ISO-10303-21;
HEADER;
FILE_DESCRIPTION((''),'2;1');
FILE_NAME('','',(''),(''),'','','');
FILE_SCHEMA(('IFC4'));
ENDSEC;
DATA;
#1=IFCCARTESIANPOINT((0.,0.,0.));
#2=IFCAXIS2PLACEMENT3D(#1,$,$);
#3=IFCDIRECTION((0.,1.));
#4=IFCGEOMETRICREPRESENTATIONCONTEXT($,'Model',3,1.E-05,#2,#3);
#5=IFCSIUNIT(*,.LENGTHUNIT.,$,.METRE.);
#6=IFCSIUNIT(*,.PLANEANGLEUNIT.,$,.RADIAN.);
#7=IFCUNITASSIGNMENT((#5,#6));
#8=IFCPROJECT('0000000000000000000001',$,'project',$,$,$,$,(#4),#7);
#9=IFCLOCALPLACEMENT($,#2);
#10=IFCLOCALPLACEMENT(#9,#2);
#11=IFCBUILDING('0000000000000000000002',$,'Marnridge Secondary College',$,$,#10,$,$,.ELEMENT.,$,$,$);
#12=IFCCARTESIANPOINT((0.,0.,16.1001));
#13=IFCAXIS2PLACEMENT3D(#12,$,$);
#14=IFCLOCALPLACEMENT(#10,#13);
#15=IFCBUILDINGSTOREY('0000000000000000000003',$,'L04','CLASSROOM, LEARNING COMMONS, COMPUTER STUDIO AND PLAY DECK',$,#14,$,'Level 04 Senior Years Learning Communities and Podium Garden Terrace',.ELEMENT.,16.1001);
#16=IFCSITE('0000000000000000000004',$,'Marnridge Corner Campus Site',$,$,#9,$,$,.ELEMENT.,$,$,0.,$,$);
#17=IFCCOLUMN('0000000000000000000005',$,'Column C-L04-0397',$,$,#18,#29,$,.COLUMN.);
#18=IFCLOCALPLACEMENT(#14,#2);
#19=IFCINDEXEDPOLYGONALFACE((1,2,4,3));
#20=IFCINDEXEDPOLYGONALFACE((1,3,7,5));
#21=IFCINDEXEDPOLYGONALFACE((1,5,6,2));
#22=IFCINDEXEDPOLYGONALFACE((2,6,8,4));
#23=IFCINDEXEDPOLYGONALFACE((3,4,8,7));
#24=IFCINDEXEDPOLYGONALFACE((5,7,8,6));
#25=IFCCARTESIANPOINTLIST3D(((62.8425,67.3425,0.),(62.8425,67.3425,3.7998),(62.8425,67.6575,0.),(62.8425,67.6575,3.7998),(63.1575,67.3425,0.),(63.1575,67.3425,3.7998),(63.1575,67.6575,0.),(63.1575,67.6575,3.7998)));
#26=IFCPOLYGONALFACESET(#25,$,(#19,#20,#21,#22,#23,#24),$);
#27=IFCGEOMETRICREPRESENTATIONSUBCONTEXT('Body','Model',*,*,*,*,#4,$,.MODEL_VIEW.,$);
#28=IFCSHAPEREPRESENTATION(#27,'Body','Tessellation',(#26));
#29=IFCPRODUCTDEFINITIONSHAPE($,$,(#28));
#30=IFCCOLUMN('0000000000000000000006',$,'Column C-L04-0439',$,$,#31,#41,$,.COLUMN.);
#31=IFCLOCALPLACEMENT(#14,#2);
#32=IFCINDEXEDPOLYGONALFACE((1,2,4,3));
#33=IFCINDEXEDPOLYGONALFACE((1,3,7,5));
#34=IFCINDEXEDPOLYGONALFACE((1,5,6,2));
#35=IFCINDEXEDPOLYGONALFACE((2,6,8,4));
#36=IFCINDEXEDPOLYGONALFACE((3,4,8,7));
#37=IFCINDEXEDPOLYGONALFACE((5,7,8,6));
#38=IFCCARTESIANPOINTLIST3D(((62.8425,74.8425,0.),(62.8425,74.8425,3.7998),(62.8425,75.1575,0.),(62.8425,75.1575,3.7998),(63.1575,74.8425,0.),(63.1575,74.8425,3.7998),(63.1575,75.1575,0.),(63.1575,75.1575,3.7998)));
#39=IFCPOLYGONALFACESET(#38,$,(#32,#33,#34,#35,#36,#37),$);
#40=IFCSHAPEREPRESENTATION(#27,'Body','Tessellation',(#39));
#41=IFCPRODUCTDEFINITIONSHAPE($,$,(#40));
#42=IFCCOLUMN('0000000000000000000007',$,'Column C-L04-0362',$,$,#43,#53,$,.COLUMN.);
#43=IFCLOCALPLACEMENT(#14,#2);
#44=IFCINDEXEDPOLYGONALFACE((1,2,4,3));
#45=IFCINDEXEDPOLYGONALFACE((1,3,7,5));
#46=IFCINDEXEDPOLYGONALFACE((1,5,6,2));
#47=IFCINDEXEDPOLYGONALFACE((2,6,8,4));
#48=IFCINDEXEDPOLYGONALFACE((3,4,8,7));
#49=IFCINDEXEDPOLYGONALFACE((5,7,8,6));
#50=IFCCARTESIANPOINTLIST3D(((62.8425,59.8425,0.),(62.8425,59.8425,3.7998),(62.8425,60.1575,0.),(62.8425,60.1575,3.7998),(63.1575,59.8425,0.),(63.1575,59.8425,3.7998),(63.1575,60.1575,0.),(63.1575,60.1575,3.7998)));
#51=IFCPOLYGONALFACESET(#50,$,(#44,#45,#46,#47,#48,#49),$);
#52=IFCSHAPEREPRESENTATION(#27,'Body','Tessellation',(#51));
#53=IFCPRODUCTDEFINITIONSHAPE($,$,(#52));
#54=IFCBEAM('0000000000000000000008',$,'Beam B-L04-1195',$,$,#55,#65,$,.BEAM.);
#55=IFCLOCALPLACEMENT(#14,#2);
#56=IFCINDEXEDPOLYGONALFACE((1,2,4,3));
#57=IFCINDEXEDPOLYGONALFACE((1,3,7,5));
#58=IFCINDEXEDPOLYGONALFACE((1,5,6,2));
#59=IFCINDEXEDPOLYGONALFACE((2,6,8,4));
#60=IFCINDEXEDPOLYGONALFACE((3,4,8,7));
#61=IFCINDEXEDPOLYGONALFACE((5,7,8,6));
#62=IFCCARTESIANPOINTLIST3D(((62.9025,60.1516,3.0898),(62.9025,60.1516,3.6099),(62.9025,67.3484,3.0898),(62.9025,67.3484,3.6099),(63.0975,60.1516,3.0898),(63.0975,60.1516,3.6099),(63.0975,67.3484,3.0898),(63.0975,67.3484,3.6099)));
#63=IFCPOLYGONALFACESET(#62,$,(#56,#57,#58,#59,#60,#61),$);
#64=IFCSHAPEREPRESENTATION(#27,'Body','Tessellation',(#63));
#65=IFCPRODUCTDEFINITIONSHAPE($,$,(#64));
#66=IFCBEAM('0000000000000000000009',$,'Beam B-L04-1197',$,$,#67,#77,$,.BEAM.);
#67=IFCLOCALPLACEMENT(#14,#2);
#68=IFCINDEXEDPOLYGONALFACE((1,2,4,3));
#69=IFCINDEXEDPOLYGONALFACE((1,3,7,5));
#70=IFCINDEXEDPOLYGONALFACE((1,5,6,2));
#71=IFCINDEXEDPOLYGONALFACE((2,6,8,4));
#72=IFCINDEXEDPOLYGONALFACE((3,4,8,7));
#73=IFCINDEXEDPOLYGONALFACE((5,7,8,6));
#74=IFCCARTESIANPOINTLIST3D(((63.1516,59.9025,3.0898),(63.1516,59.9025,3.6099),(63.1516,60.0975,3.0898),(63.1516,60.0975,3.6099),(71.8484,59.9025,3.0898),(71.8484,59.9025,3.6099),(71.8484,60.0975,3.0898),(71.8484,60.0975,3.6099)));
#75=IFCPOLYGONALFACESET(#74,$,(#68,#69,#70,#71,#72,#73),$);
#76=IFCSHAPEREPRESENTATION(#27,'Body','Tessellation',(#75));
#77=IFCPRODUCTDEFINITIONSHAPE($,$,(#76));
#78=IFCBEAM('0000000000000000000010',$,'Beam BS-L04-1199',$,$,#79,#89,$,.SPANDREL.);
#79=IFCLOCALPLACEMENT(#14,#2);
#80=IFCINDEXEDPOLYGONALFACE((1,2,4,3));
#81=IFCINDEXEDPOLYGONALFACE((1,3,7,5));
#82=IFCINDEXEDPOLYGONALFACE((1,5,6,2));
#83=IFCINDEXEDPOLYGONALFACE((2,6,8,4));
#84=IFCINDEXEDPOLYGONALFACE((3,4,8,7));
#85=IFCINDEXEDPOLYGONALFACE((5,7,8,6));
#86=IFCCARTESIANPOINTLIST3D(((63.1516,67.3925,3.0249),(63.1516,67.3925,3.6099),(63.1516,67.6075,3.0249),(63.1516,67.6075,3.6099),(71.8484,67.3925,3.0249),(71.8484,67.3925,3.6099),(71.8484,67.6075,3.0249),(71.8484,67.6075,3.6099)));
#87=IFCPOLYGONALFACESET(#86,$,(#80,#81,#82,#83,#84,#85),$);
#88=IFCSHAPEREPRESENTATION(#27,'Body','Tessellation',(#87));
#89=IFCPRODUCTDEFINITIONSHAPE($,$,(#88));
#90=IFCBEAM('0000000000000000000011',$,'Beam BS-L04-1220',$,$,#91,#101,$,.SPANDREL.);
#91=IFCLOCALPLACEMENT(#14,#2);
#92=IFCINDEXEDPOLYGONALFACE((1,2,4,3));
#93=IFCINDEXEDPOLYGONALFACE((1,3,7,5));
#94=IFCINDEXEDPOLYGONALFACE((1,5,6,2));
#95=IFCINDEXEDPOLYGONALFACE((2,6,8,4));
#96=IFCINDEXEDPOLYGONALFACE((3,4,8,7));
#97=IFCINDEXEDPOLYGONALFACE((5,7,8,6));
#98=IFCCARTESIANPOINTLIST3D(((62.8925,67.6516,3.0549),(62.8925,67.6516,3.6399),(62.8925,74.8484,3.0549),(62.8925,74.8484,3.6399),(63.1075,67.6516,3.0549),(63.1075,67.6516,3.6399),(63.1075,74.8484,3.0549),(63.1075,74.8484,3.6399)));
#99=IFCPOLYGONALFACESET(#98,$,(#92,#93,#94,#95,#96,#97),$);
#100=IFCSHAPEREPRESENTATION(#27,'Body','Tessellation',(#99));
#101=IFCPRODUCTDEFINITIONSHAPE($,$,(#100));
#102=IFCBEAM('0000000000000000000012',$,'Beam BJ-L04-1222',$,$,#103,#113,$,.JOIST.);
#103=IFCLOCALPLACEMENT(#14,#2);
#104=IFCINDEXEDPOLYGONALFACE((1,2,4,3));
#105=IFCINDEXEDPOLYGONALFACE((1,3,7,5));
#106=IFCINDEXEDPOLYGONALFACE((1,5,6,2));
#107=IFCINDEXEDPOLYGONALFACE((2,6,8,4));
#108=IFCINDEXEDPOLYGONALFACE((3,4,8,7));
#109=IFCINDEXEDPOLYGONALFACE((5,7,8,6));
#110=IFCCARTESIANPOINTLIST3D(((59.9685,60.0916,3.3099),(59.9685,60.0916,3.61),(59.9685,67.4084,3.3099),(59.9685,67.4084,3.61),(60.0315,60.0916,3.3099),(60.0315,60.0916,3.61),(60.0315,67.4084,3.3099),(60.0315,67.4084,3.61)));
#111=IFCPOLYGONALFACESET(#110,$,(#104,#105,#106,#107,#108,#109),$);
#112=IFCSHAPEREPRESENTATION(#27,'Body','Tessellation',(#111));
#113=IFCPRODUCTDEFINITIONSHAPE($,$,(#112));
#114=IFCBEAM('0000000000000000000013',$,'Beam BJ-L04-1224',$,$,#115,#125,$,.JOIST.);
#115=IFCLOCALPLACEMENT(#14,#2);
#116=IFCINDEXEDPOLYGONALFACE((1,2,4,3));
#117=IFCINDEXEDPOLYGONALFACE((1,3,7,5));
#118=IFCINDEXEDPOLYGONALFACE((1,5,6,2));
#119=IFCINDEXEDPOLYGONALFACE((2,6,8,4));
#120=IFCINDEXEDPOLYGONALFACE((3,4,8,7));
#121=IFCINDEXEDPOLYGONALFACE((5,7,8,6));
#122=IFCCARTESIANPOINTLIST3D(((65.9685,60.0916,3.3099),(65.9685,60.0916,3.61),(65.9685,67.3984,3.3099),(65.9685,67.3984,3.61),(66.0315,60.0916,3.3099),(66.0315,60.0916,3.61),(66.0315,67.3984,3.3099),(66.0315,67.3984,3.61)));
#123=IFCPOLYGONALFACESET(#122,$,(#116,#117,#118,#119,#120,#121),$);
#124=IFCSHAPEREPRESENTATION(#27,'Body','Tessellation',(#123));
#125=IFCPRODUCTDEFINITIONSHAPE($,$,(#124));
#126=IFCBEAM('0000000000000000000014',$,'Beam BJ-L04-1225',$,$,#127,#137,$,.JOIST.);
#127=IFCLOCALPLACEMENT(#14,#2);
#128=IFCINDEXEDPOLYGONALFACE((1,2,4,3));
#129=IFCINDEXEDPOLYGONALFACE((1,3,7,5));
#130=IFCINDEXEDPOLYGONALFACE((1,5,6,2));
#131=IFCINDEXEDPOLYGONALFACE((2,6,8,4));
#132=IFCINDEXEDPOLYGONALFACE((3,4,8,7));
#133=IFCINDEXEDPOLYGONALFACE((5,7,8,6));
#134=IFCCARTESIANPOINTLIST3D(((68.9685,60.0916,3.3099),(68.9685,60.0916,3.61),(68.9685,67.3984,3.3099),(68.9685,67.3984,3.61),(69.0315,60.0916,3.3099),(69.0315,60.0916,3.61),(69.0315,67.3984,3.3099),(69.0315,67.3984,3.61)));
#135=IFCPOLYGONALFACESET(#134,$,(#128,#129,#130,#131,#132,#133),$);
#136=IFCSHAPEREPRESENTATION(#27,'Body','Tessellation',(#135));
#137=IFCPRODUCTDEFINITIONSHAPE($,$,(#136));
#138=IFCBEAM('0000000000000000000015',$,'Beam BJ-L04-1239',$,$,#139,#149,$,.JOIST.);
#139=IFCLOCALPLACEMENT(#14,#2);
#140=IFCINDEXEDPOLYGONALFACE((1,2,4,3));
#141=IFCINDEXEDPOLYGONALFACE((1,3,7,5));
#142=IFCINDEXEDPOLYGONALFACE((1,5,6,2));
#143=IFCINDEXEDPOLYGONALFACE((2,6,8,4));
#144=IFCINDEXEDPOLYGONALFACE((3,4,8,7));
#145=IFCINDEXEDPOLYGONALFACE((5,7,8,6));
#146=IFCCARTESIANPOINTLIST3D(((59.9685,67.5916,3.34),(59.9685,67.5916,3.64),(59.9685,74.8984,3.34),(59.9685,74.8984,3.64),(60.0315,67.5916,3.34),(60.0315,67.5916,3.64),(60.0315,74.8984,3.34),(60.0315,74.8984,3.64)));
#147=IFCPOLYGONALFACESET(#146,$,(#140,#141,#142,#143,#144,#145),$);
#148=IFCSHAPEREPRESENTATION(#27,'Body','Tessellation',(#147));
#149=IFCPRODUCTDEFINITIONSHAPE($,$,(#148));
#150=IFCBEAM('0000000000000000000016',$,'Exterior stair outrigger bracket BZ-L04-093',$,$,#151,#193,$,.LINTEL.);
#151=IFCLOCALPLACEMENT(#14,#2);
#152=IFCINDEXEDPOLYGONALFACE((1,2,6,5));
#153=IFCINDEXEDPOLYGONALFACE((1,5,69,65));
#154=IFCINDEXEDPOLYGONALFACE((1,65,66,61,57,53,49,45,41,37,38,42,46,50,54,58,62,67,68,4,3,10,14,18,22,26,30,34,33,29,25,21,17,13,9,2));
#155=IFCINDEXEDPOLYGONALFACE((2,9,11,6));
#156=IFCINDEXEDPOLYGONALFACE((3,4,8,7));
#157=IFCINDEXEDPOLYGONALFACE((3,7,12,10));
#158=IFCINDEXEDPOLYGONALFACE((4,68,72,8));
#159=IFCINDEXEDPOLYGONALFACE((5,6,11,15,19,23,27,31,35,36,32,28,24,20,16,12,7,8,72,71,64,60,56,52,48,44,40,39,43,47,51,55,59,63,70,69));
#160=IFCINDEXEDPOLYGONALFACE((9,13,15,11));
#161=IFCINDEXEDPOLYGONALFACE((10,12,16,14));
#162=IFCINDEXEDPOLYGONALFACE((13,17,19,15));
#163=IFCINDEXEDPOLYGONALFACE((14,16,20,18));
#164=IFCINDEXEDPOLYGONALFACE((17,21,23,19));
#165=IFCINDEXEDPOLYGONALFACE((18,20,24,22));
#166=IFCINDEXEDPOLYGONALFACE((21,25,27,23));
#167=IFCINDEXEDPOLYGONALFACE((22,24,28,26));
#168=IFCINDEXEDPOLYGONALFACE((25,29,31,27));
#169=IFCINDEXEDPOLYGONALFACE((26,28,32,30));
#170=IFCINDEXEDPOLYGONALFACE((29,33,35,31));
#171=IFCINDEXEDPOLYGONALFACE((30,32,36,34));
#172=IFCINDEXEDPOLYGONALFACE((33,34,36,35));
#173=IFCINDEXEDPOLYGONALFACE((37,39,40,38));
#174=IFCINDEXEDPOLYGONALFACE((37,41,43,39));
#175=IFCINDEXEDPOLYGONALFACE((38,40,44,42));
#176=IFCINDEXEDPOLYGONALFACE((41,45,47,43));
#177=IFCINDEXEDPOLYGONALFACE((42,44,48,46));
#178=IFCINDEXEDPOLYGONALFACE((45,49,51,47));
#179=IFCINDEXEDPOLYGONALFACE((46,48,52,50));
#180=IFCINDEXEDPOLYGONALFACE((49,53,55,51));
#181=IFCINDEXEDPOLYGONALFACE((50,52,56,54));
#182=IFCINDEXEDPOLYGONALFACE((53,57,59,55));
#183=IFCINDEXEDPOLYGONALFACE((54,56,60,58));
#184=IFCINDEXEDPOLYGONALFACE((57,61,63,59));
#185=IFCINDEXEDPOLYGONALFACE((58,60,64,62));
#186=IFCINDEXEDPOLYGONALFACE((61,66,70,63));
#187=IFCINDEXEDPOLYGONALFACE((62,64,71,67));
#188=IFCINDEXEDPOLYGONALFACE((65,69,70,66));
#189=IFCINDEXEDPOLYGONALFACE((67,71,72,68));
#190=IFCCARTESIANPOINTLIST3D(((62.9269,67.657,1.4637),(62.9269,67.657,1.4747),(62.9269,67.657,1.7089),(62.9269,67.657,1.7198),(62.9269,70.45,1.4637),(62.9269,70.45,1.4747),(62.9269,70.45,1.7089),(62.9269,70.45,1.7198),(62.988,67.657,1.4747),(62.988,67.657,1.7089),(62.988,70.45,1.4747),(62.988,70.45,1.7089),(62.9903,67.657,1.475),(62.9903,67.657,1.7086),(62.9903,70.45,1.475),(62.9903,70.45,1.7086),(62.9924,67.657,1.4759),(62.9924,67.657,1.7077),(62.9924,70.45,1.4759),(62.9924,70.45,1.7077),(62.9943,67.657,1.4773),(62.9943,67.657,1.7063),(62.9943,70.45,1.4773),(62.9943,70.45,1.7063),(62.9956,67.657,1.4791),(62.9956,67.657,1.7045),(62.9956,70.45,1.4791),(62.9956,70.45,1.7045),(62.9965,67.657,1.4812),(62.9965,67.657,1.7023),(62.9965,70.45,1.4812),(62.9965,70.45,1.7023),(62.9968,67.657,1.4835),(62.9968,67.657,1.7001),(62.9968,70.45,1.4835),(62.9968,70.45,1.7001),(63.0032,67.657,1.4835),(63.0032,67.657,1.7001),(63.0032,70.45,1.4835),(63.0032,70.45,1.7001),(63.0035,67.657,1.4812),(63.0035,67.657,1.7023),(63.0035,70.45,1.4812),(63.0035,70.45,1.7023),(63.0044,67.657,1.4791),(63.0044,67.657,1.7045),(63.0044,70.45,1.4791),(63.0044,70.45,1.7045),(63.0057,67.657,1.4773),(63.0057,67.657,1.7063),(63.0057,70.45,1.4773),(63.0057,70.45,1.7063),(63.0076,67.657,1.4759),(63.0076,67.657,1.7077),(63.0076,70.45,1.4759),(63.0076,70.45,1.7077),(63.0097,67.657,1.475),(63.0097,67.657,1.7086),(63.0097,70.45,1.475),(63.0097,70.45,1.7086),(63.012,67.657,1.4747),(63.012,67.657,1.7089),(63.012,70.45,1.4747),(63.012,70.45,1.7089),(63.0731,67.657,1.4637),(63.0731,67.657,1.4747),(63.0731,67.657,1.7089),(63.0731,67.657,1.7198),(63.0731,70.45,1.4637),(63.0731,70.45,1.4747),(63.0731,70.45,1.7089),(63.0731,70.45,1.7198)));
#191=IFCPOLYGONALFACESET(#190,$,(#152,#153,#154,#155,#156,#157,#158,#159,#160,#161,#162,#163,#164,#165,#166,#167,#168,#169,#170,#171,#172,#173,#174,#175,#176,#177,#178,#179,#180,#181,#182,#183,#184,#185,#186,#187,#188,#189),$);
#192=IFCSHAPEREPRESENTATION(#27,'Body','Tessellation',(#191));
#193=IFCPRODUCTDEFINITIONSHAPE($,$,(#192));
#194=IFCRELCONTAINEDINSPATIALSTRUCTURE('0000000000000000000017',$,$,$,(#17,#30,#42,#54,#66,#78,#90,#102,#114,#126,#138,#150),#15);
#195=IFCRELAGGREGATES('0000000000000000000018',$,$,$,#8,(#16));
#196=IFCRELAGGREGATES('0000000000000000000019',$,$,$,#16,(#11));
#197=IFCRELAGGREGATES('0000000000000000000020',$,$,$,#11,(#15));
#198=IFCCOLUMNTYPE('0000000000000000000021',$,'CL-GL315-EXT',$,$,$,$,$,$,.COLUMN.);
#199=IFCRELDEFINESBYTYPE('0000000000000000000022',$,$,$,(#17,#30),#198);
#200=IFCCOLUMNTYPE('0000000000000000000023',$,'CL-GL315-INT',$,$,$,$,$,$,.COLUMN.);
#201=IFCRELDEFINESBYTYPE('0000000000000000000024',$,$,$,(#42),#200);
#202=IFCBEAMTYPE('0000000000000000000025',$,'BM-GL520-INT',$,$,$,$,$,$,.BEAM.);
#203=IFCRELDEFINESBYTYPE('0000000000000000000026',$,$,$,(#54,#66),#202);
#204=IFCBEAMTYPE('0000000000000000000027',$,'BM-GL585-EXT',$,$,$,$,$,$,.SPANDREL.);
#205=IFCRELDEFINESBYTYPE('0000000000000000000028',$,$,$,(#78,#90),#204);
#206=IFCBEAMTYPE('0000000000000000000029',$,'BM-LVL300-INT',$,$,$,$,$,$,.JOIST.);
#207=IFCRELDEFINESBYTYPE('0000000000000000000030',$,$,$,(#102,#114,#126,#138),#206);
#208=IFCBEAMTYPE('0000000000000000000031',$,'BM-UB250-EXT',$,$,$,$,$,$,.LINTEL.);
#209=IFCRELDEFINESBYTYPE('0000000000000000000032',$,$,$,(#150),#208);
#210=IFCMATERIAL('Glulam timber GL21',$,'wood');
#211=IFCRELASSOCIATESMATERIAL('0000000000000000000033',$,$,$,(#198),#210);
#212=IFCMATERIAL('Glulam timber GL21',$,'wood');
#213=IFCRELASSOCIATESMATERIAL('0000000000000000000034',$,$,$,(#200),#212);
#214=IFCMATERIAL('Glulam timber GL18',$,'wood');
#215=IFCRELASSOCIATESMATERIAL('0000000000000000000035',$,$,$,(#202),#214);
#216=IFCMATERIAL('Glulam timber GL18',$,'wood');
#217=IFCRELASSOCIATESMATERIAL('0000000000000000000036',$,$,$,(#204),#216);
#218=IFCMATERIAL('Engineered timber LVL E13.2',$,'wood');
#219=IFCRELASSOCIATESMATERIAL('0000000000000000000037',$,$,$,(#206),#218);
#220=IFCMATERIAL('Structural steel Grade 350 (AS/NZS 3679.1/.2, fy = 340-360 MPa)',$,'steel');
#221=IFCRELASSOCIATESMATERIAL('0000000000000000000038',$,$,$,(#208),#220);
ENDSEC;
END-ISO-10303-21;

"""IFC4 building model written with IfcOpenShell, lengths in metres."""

from ifc_helpers import new_model, si_unit, direction, frame, origin, origin_2d, place, context, subcontext, project, spatial, rectangle, i_section, extrude, material, material_profile, profile_set, type_object, element, save


model = new_model("IFC4")

# Units and contexts
model_context = context("Model", 3, precision=1e-05, world=origin(), true_north=direction((0.0, 1.0)))
body_context = subcontext(model_context, "Body", "Model", "MODEL_VIEW")
ifc_project = project(units=[si_unit("LENGTHUNIT", "METRE"), si_unit("PLANEANGLEUNIT", "RADIAN")], contexts=[model_context])

# Site, building, storey
site_placement = place(None, origin())
site = spatial("IfcSite", under=ifc_project, at=site_placement, Name="Marnridge Corner Campus Site", CompositionType="ELEMENT", RefElevation=0.0)
building_placement = place(site_placement, origin())
building = spatial("IfcBuilding", under=site, at=building_placement, Name="Marnridge Secondary College", CompositionType="ELEMENT")
storey_placement = place(building_placement, frame((0.0, 0.0, 16.1001)))
storey = spatial("IfcBuildingStorey", under=building, at=storey_placement, Name="L04", Description="CLASSROOM, LEARNING COMMONS, COMPUTER STUDIO AND PLAY DECK", LongName="Level 04 Senior Years Learning Communities and Podium Garden Terrace", CompositionType="ELEMENT", Elevation=16.1001)

# Columns
ifc_material_1 = material(Name="Glulam timber GL21", Category="wood")
ifc_material_profile_1 = material_profile(ifc_material_1, rectangle(XDim=0.3149, YDim=0.3149, at=origin_2d()), Name="GL21 315x315")
ifc_profile_set_1 = profile_set([ifc_material_profile_1], Name="Glulam timber GL21")
column_type_1 = type_object("IfcColumnType", Name="CL-GL315-EXT", PredefinedType="COLUMN", material=ifc_profile_set_1)
for number, where, z_axis, x_axis, name in (
    (1, (63.0, 67.5, 0.0), (0.0, 0.0, 1.0), (1.0, 0.0, 0.0), "Column C-L04-0397"),
    (2, (63.0, 75.0, 0.0), (0.0, 0.0, 1.0), (1.0, 0.0, 0.0), "Column C-L04-0439"),
):
    element("IfcColumn", number, at=place(storey_placement, frame(where, z_axis=z_axis, x_axis=x_axis)), inside=storey, type_object=column_type_1, Name=name, PredefinedType="COLUMN", context=body_context, shape_type="SweptSolid", body=[
        extrude(rectangle(XDim=0.3149, YDim=0.3149, at=origin_2d()), origin(), (0.0, 0.0, 1.0), 3.7998),
    ])
ifc_material_2 = material(Name="Glulam timber GL21", Category="wood")
ifc_material_profile_2 = material_profile(ifc_material_2, rectangle(XDim=0.3149, YDim=0.3149, at=origin_2d()), Name="GL21 315x315")
ifc_profile_set_2 = profile_set([ifc_material_profile_2], Name="Glulam timber GL21")
column_type_2 = type_object("IfcColumnType", Name="CL-GL315-INT", PredefinedType="COLUMN", material=ifc_profile_set_2)
column_placement = place(storey_placement, frame((63.0, 60.0, 0.0), z_axis=(0.0, 0.0, 1.0), x_axis=(1.0, 0.0, 0.0)))
element("IfcColumn", 3, at=column_placement, inside=storey, type_object=column_type_2, Name="Column C-L04-0362", PredefinedType="COLUMN", context=body_context, shape_type="SweptSolid", body=[
    extrude(rectangle(XDim=0.3149, YDim=0.3149, at=origin_2d()), origin(), (0.0, 0.0, 1.0), 3.7998),
])

# Beams
ifc_material_3 = material(Name="Glulam timber GL18", Category="wood")
ifc_material_profile_3 = material_profile(ifc_material_3, rectangle(XDim=0.1951, YDim=0.52, at=origin_2d()), Name="GL18 195x520")
ifc_profile_set_3 = profile_set([ifc_material_profile_3], Name="Glulam timber GL18")
beam_type_1 = type_object("IfcBeamType", Name="BM-GL520-INT", PredefinedType="BEAM", material=ifc_profile_set_3)
beam_1_placement = place(storey_placement, frame((63.0, 60.1516, 3.3499), z_axis=(0.0, 1.0, 0.0), x_axis=(-1.0, 0.0, 0.0)))
element("IfcBeam", 4, at=beam_1_placement, inside=storey, type_object=beam_type_1, Name="Beam B-L04-1195", PredefinedType="BEAM", context=body_context, shape_type="SweptSolid", body=[
    extrude(rectangle(XDim=0.1951, YDim=0.52, at=origin_2d()), origin(), (0.0, 0.0, 1.0), 7.1968),
])
beam_2_placement = place(storey_placement, frame((63.1516, 60.0, 3.3499), z_axis=(1.0, 0.0, 0.0), x_axis=(0.0, 1.0, 0.0)))
element("IfcBeam", 5, at=beam_2_placement, inside=storey, type_object=beam_type_1, Name="Beam B-L04-1197", PredefinedType="BEAM", context=body_context, shape_type="SweptSolid", body=[
    extrude(rectangle(XDim=0.1951, YDim=0.52, at=origin_2d()), origin(), (0.0, 0.0, 1.0), 8.6968),
])
ifc_material_4 = material(Name="Glulam timber GL18", Category="wood")
ifc_material_profile_4 = material_profile(ifc_material_4, rectangle(XDim=0.2151, YDim=0.585, at=origin_2d()), Name="GL18 215x585")
ifc_profile_set_4 = profile_set([ifc_material_profile_4], Name="Glulam timber GL18")
beam_type_2 = type_object("IfcBeamType", Name="BM-GL585-EXT", PredefinedType="SPANDREL", material=ifc_profile_set_4)
beam_3_placement = place(storey_placement, frame((63.1516, 67.5, 3.3174), z_axis=(1.0, 0.0, 0.0), x_axis=(0.0, 1.0, 0.0)))
element("IfcBeam", 6, at=beam_3_placement, inside=storey, type_object=beam_type_2, Name="Beam BS-L04-1199", PredefinedType="SPANDREL", context=body_context, shape_type="SweptSolid", body=[
    extrude(rectangle(XDim=0.2151, YDim=0.585, at=origin_2d()), origin(), (0.0, 0.0, 1.0), 8.6968),
])
beam_4_placement = place(storey_placement, frame((63.0, 67.6516, 3.3474), z_axis=(0.0, 1.0, 0.0), x_axis=(-1.0, 0.0, 0.0)))
element("IfcBeam", 7, at=beam_4_placement, inside=storey, type_object=beam_type_2, Name="Beam BS-L04-1220", PredefinedType="SPANDREL", context=body_context, shape_type="SweptSolid", body=[
    extrude(rectangle(XDim=0.2151, YDim=0.585, at=origin_2d()), origin(), (0.0, 0.0, 1.0), 7.1968),
])
ifc_material_5 = material(Name="Engineered timber LVL E13.2", Category="wood")
ifc_material_profile_5 = material_profile(ifc_material_5, rectangle(XDim=0.063, YDim=0.3, at=origin_2d()), Name="LVL 63x300")
ifc_profile_set_5 = profile_set([ifc_material_profile_5], Name="Engineered timber LVL E13.2")
beam_type_3 = type_object("IfcBeamType", Name="BM-LVL300-INT", PredefinedType="JOIST", material=ifc_profile_set_5)
beam_5_placement = place(storey_placement, frame((60.0, 60.0916, 3.46), z_axis=(0.0, 1.0, 0.0), x_axis=(-1.0, 0.0, 0.0)))
element("IfcBeam", 8, at=beam_5_placement, inside=storey, type_object=beam_type_3, Name="Beam BJ-L04-1222", PredefinedType="JOIST", context=body_context, shape_type="SweptSolid", body=[
    extrude(rectangle(XDim=0.063, YDim=0.3, at=origin_2d()), origin(), (0.0, 0.0, 1.0), 7.3169),
])
for number, where, z_axis, x_axis, name in (
    (9, (66.0, 60.0916, 3.46), (0.0, 1.0, 0.0), (-1.0, 0.0, 0.0), "Beam BJ-L04-1224"),
    (10, (69.0, 60.0916, 3.46), (0.0, 1.0, 0.0), (-1.0, 0.0, 0.0), "Beam BJ-L04-1225"),
    (11, (60.0, 67.5916, 3.49), (0.0, 1.0, 0.0), (-1.0, 0.0, 0.0), "Beam BJ-L04-1239"),
):
    element("IfcBeam", number, at=place(storey_placement, frame(where, z_axis=z_axis, x_axis=x_axis)), inside=storey, type_object=beam_type_3, Name=name, PredefinedType="JOIST", context=body_context, shape_type="SweptSolid", body=[
        extrude(rectangle(XDim=0.063, YDim=0.3, at=origin_2d()), origin(), (0.0, 0.0, 1.0), 7.3069),
    ])
ifc_material_6 = material(Name="Structural steel Grade 350 (AS/NZS 3679.1/.2, fy = 340-360 MPa)", Category="steel")
ifc_material_profile_6 = material_profile(ifc_material_6, i_section(OverallWidth=0.1462, OverallDepth=0.2561, WebThickness=0.0063, FlangeThickness=0.011, FilletRadius=0.0088, at=origin_2d()), Name="250UB37.3")
ifc_profile_set_6 = profile_set([ifc_material_profile_6], Name="Structural steel Grade 350 (AS/NZS 3679.1/.2, fy = 340-360 MPa)")
beam_type_4 = type_object("IfcBeamType", Name="BM-UB250-EXT", PredefinedType="LINTEL", material=ifc_profile_set_6)
beam_6_placement = place(storey_placement, frame((63.0, 67.657, 1.5918), z_axis=(0.0, 1.0, 0.0), x_axis=(-1.0, 0.0, 0.0)))
element("IfcBeam", 12, at=beam_6_placement, inside=storey, type_object=beam_type_4, Name="Exterior stair outrigger bracket BZ-L04-093", PredefinedType="LINTEL", context=body_context, shape_type="SweptSolid", body=[
    extrude(i_section(OverallWidth=0.1462, OverallDepth=0.2561, WebThickness=0.0063, FlangeThickness=0.011, FilletRadius=0.0088, at=origin_2d()), origin(), (0.0, 0.0, 1.0), 2.793),
])

save(model, "model.ifc")
